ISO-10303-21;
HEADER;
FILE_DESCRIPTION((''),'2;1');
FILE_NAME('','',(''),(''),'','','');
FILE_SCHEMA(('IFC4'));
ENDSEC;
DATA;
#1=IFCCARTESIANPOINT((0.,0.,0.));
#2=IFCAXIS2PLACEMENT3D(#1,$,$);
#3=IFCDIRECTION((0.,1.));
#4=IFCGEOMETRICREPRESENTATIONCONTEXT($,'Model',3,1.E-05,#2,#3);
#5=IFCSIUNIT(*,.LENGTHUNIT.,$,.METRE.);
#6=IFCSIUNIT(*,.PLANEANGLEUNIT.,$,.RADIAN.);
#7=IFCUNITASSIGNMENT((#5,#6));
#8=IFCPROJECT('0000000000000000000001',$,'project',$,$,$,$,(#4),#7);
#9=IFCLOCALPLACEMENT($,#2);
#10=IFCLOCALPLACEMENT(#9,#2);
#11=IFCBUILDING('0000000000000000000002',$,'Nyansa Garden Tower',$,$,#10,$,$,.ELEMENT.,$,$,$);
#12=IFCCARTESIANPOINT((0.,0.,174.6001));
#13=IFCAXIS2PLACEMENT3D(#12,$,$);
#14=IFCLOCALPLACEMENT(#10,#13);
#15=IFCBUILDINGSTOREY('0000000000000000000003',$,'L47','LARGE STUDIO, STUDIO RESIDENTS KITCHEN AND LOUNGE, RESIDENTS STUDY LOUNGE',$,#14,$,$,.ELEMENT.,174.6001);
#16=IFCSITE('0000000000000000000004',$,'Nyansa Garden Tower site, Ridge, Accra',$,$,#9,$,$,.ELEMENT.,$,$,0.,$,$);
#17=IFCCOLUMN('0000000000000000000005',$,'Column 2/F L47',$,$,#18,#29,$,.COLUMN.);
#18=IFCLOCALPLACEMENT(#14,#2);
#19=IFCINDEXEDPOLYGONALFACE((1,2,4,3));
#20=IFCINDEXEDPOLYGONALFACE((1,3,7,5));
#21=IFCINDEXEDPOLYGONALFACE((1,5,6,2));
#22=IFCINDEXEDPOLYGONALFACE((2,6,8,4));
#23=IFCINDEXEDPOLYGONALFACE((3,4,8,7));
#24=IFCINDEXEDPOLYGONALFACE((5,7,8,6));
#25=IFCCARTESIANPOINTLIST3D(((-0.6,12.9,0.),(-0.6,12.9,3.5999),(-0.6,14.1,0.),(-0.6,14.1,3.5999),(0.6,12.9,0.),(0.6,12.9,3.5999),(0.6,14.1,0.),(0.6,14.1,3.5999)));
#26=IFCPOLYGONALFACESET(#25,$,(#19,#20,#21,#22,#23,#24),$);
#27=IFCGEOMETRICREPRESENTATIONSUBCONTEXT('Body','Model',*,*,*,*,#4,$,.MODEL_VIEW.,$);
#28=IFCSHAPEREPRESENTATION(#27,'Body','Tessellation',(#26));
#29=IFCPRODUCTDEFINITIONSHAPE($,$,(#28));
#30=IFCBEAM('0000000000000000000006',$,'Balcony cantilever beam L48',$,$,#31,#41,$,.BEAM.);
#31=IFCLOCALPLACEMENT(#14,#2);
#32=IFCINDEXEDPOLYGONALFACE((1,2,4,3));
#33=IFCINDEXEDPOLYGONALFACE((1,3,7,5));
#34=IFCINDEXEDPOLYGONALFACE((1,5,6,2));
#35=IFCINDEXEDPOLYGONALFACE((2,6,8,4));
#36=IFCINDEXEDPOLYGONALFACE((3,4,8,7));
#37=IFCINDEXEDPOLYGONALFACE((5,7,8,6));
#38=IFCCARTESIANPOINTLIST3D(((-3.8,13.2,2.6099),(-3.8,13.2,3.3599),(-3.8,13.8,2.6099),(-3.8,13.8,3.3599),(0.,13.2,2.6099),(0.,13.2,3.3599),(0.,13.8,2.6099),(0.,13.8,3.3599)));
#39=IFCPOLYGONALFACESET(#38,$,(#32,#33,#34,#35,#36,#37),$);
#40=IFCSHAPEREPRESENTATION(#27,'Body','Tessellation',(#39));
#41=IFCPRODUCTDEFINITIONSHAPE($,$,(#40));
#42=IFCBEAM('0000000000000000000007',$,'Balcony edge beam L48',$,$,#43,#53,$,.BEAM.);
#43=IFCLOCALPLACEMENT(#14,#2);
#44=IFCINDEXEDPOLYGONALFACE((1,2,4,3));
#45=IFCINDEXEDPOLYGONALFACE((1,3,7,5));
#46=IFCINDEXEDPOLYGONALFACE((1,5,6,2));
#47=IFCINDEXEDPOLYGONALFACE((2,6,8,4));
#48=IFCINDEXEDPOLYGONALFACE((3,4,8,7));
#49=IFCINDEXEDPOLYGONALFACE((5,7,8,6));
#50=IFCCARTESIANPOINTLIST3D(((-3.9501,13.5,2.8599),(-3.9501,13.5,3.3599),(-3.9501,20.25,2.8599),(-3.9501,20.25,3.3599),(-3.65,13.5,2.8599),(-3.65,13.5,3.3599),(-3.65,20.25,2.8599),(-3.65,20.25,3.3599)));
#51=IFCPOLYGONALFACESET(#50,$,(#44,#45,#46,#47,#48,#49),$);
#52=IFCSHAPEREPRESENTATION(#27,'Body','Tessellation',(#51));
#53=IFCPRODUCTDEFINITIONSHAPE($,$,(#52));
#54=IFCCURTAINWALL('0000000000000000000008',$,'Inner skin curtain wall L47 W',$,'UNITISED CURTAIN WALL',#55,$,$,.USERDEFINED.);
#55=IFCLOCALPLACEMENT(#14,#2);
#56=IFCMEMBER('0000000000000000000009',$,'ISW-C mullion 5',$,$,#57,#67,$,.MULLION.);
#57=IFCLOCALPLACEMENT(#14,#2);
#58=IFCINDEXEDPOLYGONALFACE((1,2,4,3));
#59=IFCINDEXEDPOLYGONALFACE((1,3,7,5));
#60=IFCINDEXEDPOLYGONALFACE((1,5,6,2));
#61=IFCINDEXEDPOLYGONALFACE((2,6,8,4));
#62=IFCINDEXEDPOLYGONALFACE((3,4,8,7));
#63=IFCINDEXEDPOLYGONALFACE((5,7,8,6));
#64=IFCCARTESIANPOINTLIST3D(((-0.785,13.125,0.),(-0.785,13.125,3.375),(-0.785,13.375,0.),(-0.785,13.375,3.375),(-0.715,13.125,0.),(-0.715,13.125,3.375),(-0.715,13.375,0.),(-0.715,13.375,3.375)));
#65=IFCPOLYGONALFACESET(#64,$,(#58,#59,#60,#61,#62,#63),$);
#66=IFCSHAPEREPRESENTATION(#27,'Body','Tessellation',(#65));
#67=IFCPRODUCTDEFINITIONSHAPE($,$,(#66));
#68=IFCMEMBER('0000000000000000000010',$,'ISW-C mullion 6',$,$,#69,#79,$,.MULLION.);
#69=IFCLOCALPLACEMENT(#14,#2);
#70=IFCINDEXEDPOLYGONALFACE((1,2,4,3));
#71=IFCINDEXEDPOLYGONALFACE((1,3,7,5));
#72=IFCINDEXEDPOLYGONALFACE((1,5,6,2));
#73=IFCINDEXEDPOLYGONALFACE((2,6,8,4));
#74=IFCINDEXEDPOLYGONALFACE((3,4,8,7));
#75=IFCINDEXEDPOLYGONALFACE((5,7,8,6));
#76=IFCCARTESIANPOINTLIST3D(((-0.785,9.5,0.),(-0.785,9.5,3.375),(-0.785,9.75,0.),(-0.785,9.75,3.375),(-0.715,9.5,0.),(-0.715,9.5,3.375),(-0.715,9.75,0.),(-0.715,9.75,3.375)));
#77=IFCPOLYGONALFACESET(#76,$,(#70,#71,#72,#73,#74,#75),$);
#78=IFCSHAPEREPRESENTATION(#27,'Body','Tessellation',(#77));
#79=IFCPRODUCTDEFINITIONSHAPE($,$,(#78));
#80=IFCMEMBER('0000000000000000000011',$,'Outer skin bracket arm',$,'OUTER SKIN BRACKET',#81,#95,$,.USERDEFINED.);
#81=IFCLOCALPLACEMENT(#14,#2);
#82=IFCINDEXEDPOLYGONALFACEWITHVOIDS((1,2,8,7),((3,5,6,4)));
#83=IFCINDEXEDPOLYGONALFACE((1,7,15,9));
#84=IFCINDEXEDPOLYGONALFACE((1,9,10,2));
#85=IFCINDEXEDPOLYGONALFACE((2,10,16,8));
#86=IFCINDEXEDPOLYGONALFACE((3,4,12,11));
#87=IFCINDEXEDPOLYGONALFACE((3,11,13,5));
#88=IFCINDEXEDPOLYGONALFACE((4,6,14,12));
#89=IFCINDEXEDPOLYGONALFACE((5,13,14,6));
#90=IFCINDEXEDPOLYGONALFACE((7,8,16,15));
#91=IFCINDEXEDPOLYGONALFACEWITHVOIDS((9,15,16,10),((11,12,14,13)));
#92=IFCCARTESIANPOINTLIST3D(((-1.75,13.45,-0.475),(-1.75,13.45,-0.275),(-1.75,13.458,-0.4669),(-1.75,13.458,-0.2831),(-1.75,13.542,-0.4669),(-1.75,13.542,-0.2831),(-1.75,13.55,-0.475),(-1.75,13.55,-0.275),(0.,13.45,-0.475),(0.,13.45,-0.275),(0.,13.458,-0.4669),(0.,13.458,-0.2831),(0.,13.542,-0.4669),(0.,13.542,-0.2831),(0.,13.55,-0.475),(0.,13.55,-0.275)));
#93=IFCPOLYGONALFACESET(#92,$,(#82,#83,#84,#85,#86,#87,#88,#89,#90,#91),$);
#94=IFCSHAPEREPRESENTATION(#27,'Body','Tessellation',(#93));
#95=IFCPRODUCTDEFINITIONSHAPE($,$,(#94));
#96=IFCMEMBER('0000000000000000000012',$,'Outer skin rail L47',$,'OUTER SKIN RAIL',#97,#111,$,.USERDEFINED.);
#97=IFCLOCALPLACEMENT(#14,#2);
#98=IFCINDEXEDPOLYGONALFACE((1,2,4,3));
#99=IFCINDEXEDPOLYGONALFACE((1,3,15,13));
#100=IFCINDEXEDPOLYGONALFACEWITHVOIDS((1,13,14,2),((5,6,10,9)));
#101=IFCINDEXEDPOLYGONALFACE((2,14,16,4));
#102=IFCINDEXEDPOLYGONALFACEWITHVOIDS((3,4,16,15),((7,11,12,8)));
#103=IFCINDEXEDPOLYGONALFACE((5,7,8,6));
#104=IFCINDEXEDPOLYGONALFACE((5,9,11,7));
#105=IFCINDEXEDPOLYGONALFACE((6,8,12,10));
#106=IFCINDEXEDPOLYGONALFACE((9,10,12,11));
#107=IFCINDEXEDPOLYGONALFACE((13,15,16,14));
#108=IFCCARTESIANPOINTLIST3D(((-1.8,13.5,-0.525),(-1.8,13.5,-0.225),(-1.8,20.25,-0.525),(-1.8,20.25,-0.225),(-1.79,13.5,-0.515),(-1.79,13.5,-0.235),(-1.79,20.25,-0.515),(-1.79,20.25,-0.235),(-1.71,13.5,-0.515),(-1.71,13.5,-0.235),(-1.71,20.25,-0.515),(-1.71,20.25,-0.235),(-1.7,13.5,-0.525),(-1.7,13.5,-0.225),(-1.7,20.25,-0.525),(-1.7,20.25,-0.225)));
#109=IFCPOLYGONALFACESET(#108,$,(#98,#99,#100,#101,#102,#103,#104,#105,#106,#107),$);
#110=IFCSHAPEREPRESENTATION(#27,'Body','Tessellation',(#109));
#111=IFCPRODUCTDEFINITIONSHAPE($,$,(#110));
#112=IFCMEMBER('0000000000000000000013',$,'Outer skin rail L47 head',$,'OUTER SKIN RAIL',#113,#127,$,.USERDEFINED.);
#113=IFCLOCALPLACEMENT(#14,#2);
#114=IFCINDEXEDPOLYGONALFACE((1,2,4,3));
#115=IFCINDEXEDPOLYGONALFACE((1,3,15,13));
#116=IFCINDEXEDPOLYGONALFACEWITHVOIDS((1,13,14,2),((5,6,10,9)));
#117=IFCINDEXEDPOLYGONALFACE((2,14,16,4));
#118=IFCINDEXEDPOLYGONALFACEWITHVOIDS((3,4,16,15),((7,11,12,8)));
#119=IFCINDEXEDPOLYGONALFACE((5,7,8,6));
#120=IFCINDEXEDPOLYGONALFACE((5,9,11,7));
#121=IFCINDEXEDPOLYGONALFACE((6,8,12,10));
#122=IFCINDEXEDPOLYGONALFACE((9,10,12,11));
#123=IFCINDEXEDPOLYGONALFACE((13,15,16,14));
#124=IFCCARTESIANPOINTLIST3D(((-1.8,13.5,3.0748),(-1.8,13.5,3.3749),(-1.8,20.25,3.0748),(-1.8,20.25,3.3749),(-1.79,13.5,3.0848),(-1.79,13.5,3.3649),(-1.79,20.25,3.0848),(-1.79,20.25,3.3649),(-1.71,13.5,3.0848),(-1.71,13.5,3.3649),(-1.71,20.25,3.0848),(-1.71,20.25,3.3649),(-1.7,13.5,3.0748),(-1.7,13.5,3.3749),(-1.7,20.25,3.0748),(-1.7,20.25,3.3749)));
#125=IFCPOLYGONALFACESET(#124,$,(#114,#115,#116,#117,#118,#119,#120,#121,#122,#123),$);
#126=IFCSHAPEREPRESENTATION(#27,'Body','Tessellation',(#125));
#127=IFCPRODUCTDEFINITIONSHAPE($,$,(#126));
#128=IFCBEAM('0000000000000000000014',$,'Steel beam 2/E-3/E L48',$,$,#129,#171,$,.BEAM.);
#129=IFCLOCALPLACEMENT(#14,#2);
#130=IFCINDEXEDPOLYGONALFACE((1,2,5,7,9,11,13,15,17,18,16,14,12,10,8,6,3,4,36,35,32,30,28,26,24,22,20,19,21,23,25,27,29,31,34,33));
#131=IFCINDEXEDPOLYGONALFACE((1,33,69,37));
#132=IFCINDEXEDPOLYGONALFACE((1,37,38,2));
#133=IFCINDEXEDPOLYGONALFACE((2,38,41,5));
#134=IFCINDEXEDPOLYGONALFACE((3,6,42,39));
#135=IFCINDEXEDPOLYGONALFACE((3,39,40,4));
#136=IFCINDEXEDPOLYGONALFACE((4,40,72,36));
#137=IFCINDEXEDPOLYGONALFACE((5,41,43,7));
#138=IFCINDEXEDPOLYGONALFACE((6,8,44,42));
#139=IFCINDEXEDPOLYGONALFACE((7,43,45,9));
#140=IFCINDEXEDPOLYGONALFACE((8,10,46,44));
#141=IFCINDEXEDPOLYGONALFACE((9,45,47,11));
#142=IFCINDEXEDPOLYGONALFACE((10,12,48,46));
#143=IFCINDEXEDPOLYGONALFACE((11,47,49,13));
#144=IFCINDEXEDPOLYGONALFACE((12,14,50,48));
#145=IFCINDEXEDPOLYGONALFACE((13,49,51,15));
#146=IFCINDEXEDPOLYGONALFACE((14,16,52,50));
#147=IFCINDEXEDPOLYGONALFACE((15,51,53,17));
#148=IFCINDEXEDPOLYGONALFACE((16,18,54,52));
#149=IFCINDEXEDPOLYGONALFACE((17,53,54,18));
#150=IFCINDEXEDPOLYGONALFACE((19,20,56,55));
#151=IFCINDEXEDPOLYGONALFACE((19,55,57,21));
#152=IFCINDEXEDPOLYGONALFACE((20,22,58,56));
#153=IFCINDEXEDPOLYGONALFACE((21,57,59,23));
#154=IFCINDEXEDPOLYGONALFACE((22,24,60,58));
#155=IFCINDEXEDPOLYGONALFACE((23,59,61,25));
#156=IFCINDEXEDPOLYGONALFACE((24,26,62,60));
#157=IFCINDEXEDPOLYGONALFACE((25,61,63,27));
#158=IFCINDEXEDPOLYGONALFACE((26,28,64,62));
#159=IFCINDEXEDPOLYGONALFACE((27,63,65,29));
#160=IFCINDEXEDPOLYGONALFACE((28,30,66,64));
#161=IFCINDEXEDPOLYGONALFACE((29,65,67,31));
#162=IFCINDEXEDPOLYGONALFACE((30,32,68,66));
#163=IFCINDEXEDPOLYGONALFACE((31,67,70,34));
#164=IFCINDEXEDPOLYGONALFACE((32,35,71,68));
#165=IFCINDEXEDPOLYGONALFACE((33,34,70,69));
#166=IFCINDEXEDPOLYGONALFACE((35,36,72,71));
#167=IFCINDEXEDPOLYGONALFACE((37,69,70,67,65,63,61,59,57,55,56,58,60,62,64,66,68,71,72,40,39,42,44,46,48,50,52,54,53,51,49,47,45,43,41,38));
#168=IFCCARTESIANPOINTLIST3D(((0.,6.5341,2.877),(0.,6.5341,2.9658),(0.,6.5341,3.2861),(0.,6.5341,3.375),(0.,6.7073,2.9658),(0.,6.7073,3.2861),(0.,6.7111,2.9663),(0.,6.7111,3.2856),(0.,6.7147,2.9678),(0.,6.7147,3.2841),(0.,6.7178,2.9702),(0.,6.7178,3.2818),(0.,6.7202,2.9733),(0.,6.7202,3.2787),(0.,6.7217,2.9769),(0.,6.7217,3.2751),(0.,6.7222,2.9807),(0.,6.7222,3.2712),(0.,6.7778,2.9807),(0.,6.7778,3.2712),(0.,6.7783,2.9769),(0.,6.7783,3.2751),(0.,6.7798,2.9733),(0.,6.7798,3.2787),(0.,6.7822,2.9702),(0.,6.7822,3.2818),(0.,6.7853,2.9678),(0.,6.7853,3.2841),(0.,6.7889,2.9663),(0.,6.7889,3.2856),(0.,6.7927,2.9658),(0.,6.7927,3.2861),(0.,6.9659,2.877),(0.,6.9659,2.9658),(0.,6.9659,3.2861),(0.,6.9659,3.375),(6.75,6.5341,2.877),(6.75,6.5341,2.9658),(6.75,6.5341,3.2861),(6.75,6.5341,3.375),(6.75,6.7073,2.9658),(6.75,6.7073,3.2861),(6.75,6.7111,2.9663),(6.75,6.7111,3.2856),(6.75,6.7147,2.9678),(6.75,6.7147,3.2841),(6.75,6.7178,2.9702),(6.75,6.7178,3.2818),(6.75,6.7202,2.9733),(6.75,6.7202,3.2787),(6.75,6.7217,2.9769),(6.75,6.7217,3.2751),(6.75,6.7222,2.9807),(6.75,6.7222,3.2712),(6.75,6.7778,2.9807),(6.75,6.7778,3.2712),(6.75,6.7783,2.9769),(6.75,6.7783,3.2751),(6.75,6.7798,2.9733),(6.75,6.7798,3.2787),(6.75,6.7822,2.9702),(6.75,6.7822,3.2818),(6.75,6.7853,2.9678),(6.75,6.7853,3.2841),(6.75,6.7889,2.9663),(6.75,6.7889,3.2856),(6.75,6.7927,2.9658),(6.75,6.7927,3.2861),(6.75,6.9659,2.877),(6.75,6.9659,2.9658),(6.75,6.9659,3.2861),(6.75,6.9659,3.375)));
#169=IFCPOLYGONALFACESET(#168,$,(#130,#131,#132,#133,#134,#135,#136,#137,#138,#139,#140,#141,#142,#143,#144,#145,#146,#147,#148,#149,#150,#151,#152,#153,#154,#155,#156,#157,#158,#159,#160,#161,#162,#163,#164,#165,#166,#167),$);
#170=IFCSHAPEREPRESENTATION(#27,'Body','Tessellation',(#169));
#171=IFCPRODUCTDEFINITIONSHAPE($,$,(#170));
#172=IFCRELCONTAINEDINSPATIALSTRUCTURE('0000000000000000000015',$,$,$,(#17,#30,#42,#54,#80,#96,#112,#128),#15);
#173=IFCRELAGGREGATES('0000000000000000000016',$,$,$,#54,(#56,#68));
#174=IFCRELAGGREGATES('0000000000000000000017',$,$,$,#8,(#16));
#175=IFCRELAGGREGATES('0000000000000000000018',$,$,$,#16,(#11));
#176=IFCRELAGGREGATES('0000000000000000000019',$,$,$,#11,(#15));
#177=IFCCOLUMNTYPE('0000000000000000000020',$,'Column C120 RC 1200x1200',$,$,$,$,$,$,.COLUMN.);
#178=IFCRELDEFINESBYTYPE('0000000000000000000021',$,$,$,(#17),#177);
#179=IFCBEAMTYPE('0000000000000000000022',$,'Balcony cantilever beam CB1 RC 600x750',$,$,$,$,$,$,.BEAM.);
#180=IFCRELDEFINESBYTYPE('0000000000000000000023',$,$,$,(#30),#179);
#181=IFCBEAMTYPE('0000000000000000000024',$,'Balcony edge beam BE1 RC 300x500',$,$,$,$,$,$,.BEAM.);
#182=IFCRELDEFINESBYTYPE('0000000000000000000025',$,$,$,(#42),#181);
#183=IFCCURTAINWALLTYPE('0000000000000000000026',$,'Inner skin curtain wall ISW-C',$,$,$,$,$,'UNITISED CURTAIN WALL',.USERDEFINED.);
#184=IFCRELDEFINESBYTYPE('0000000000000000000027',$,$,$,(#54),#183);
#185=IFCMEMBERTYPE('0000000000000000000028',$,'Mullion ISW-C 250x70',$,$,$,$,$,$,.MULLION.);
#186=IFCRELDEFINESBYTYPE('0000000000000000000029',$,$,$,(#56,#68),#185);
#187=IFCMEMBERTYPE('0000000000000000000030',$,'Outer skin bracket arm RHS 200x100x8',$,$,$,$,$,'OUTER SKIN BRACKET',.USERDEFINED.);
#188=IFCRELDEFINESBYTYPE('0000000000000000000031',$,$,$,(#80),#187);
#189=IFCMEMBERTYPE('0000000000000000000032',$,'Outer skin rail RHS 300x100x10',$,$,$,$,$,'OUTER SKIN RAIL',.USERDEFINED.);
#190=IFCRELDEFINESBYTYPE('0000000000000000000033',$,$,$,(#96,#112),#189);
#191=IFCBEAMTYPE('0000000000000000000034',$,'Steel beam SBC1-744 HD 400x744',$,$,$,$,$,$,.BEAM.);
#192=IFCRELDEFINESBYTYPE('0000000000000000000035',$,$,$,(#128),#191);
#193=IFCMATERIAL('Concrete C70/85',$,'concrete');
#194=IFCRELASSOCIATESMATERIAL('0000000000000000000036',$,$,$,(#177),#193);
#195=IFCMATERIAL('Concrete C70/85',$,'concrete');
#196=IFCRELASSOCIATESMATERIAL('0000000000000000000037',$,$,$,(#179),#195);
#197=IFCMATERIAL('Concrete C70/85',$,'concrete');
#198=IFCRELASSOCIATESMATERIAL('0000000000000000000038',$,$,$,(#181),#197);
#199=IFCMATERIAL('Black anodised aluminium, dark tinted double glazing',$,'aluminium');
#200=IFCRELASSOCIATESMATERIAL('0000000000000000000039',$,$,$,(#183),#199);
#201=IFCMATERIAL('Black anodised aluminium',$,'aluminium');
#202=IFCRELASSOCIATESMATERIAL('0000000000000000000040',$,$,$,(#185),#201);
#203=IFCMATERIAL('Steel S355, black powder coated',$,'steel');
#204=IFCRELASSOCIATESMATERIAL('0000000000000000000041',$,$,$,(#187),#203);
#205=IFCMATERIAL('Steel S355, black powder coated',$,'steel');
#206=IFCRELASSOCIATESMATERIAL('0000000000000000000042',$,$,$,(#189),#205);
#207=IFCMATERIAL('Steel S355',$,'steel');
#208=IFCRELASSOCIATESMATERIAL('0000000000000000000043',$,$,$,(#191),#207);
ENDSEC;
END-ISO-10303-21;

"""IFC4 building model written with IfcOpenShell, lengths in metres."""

from ifc_helpers import new_model, si_unit, direction, frame, origin, origin_2d, place, context, subcontext, project, spatial, rectangle, hollow_rectangle, i_section, extrude, material, material_profile, profile_set, type_object, element, aggregate, save


model = new_model("IFC4")

# Units and contexts
model_context = context("Model", 3, precision=1e-05, world=origin(), true_north=direction((0.0, 1.0)))
body_context = subcontext(model_context, "Body", "Model", "MODEL_VIEW")
ifc_project = project(units=[si_unit("LENGTHUNIT", "METRE"), si_unit("PLANEANGLEUNIT", "RADIAN")], contexts=[model_context])

# Site, building, storey
site_placement = place(None, origin())
site = spatial("IfcSite", under=ifc_project, at=site_placement, Name="Nyansa Garden Tower site, Ridge, Accra", CompositionType="ELEMENT", RefElevation=0.0)
building_placement = place(site_placement, origin())
building = spatial("IfcBuilding", under=site, at=building_placement, Name="Nyansa Garden Tower", CompositionType="ELEMENT")
storey_placement = place(building_placement, frame((0.0, 0.0, 174.6001)))
storey = spatial("IfcBuildingStorey", under=building, at=storey_placement, Name="L47", Description="LARGE STUDIO, STUDIO RESIDENTS KITCHEN AND LOUNGE, RESIDENTS STUDY LOUNGE", CompositionType="ELEMENT", Elevation=174.6001)

# Column
ifc_material_1 = material(Name="Concrete C70/85", Category="concrete")
ifc_material_profile_1 = material_profile(ifc_material_1, rectangle(XDim=1.2, YDim=1.2, at=origin_2d()), Name="RC 1200x1200")
ifc_profile_set_1 = profile_set([ifc_material_profile_1], Name="Concrete C70/85")
column_type = type_object("IfcColumnType", Name="Column C120 RC 1200x1200", PredefinedType="COLUMN", material=ifc_profile_set_1)
column_placement = place(storey_placement, frame((0.0, 13.5, 0.0), z_axis=(0.0, 0.0, 1.0), x_axis=(1.0, 0.0, 0.0)))
element("IfcColumn", 1, at=column_placement, inside=storey, type_object=column_type, Name="Column 2/F L47", PredefinedType="COLUMN", context=body_context, shape_type="SweptSolid", body=[
    extrude(rectangle(XDim=1.2, YDim=1.2, at=origin_2d()), origin(), (0.0, 0.0, 1.0), 3.5999),
])

# Beams
ifc_material_2 = material(Name="Concrete C70/85", Category="concrete")
ifc_material_profile_2 = material_profile(ifc_material_2, rectangle(XDim=0.6001, YDim=0.75, at=origin_2d()), Name="RC 600x750")
ifc_profile_set_2 = profile_set([ifc_material_profile_2], Name="Concrete C70/85")
beam_type_1 = type_object("IfcBeamType", Name="Balcony cantilever beam CB1 RC 600x750", PredefinedType="BEAM", material=ifc_profile_set_2)
beam_1_placement = place(storey_placement, frame((0.0, 13.5, 2.9849), z_axis=(-1.0, 0.0, 0.0), x_axis=(0.0, -1.0, 0.0)))
element("IfcBeam", 2, at=beam_1_placement, inside=storey, type_object=beam_type_1, Name="Balcony cantilever beam L48", PredefinedType="BEAM", context=body_context, shape_type="SweptSolid", body=[
    extrude(rectangle(XDim=0.6001, YDim=0.75, at=origin_2d()), origin(), (0.0, 0.0, 1.0), 3.8),
])
ifc_material_3 = material(Name="Concrete C70/85", Category="concrete")
ifc_material_profile_3 = material_profile(ifc_material_3, rectangle(XDim=0.3, YDim=0.5, at=origin_2d()), Name="RC 300x500")
ifc_profile_set_3 = profile_set([ifc_material_profile_3], Name="Concrete C70/85")
beam_type_2 = type_object("IfcBeamType", Name="Balcony edge beam BE1 RC 300x500", PredefinedType="BEAM", material=ifc_profile_set_3)
beam_2_placement = place(storey_placement, frame((-3.8, 13.5, 3.1099), z_axis=(0.0, 1.0, 0.0), x_axis=(-1.0, 0.0, 0.0)))
element("IfcBeam", 3, at=beam_2_placement, inside=storey, type_object=beam_type_2, Name="Balcony edge beam L48", PredefinedType="BEAM", context=body_context, shape_type="SweptSolid", body=[
    extrude(rectangle(XDim=0.3, YDim=0.5, at=origin_2d()), origin(), (0.0, 0.0, 1.0), 6.75),
])

# Curtain wall, members
ifc_material_4 = material(Name="Black anodised aluminium, dark tinted double glazing", Category="aluminium")
curtain_wall_type = type_object("IfcCurtainWallType", Name="Inner skin curtain wall ISW-C", ElementType="UNITISED CURTAIN WALL", PredefinedType="USERDEFINED", material=ifc_material_4)
curtain_wall_placement = place(storey_placement, origin())
curtain_wall = element("IfcCurtainWall", 4, at=curtain_wall_placement, inside=storey, type_object=curtain_wall_type, Name="Inner skin curtain wall L47 W", ObjectType="UNITISED CURTAIN WALL", PredefinedType="USERDEFINED")
ifc_material_5 = material(Name="Black anodised aluminium", Category="aluminium")
ifc_material_profile_4 = material_profile(ifc_material_5, rectangle(XDim=0.0701, YDim=0.25, at=origin_2d()), Name="Mullion 250x70")
ifc_profile_set_4 = profile_set([ifc_material_profile_4], Name="Black anodised aluminium")
member_type_1 = type_object("IfcMemberType", Name="Mullion ISW-C 250x70", PredefinedType="MULLION", material=ifc_profile_set_4)
member_1_placement = place(storey_placement, frame((-0.75, 13.25, 0.0), z_axis=(0.0, 0.0, 1.0), x_axis=(1.0, 0.0, 0.0)))
member_1 = element("IfcMember", 5, at=member_1_placement, type_object=member_type_1, Name="ISW-C mullion 5", PredefinedType="MULLION", context=body_context, shape_type="SweptSolid", body=[
    extrude(rectangle(XDim=0.0701, YDim=0.25, at=origin_2d()), origin(), (0.0, 0.0, 1.0), 3.375),
])
member_2_placement = place(storey_placement, frame((-0.75, 9.625, 0.0), z_axis=(0.0, 0.0, 1.0), x_axis=(1.0, 0.0, 0.0)))
member_2 = element("IfcMember", 6, at=member_2_placement, type_object=member_type_1, Name="ISW-C mullion 6", PredefinedType="MULLION", context=body_context, shape_type="SweptSolid", body=[
    extrude(rectangle(XDim=0.0701, YDim=0.25, at=origin_2d()), origin(), (0.0, 0.0, 1.0), 3.375),
])

# Members
ifc_material_6 = material(Name="Steel S355, black powder coated", Category="steel")
ifc_material_profile_5 = material_profile(ifc_material_6, hollow_rectangle(XDim=0.1001, YDim=0.2, WallThickness=0.0081, at=origin_2d()), Name="RHS 200x100x8")
ifc_profile_set_5 = profile_set([ifc_material_profile_5], Name="Steel S355, black powder coated")
member_type_2 = type_object("IfcMemberType", Name="Outer skin bracket arm RHS 200x100x8", ElementType="OUTER SKIN BRACKET", PredefinedType="USERDEFINED", material=ifc_profile_set_5)
member_3_placement = place(storey_placement, frame((0.0, 13.5, -0.375), z_axis=(-1.0, 0.0, 0.0), x_axis=(0.0, -1.0, 0.0)))
element("IfcMember", 7, at=member_3_placement, inside=storey, type_object=member_type_2, Name="Outer skin bracket arm", ObjectType="OUTER SKIN BRACKET", PredefinedType="USERDEFINED", context=body_context, shape_type="SweptSolid", body=[
    extrude(hollow_rectangle(XDim=0.1001, YDim=0.2, WallThickness=0.0081, at=origin_2d()), origin(), (0.0, 0.0, 1.0), 1.75),
])
ifc_material_7 = material(Name="Steel S355, black powder coated", Category="steel")
ifc_material_profile_6 = material_profile(ifc_material_7, hollow_rectangle(XDim=0.1001, YDim=0.3, WallThickness=0.01, at=origin_2d()), Name="RHS 300x100x10")
ifc_profile_set_6 = profile_set([ifc_material_profile_6], Name="Steel S355, black powder coated")
member_type_3 = type_object("IfcMemberType", Name="Outer skin rail RHS 300x100x10", ElementType="OUTER SKIN RAIL", PredefinedType="USERDEFINED", material=ifc_profile_set_6)
for number, where, z_axis, x_axis, name in (
    (8, (-1.75, 13.5, -0.375), (0.0, 1.0, 0.0), (-1.0, 0.0, 0.0), "Outer skin rail L47"),
    (9, (-1.75, 13.5, 3.2249), (0.0, 1.0, 0.0), (-1.0, 0.0, 0.0), "Outer skin rail L47 head"),
):
    element("IfcMember", number, at=place(storey_placement, frame(where, z_axis=z_axis, x_axis=x_axis)), inside=storey, type_object=member_type_3, Name=name, ObjectType="OUTER SKIN RAIL", PredefinedType="USERDEFINED", context=body_context, shape_type="SweptSolid", body=[
        extrude(hollow_rectangle(XDim=0.1001, YDim=0.3, WallThickness=0.01, at=origin_2d()), origin(), (0.0, 0.0, 1.0), 6.75),
    ])

# Beam
ifc_material_8 = material(Name="Steel S355", Category="steel")
ifc_material_profile_7 = material_profile(ifc_material_8, i_section(OverallWidth=0.4319, OverallDepth=0.498, WebThickness=0.0557, FlangeThickness=0.0889, FilletRadius=0.0149, at=origin_2d()), Name="HD 400x744")
ifc_profile_set_7 = profile_set([ifc_material_profile_7], Name="Steel S355")
beam_type_3 = type_object("IfcBeamType", Name="Steel beam SBC1-744 HD 400x744", PredefinedType="BEAM", material=ifc_profile_set_7)
for number, where, z_axis, x_axis, name in (
    (10, (0.0, 6.75, 3.126), (1.0, 0.0, 0.0), (0.0, 1.0, 0.0), "Steel beam 2/E-3/E L48"),
):
    element("IfcBeam", number, at=place(storey_placement, frame(where, z_axis=z_axis, x_axis=x_axis)), inside=storey, type_object=beam_type_3, Name=name, PredefinedType="BEAM", context=body_context, shape_type="SweptSolid", body=[
        extrude(i_section(OverallWidth=0.4319, OverallDepth=0.498, WebThickness=0.0557, FlangeThickness=0.0889, FilletRadius=0.0149, at=origin_2d()), origin(), (0.0, 0.0, 1.0), 6.75),
    ])

aggregate(curtain_wall, [member_1, member_2])

save(model, "model.ifc")
